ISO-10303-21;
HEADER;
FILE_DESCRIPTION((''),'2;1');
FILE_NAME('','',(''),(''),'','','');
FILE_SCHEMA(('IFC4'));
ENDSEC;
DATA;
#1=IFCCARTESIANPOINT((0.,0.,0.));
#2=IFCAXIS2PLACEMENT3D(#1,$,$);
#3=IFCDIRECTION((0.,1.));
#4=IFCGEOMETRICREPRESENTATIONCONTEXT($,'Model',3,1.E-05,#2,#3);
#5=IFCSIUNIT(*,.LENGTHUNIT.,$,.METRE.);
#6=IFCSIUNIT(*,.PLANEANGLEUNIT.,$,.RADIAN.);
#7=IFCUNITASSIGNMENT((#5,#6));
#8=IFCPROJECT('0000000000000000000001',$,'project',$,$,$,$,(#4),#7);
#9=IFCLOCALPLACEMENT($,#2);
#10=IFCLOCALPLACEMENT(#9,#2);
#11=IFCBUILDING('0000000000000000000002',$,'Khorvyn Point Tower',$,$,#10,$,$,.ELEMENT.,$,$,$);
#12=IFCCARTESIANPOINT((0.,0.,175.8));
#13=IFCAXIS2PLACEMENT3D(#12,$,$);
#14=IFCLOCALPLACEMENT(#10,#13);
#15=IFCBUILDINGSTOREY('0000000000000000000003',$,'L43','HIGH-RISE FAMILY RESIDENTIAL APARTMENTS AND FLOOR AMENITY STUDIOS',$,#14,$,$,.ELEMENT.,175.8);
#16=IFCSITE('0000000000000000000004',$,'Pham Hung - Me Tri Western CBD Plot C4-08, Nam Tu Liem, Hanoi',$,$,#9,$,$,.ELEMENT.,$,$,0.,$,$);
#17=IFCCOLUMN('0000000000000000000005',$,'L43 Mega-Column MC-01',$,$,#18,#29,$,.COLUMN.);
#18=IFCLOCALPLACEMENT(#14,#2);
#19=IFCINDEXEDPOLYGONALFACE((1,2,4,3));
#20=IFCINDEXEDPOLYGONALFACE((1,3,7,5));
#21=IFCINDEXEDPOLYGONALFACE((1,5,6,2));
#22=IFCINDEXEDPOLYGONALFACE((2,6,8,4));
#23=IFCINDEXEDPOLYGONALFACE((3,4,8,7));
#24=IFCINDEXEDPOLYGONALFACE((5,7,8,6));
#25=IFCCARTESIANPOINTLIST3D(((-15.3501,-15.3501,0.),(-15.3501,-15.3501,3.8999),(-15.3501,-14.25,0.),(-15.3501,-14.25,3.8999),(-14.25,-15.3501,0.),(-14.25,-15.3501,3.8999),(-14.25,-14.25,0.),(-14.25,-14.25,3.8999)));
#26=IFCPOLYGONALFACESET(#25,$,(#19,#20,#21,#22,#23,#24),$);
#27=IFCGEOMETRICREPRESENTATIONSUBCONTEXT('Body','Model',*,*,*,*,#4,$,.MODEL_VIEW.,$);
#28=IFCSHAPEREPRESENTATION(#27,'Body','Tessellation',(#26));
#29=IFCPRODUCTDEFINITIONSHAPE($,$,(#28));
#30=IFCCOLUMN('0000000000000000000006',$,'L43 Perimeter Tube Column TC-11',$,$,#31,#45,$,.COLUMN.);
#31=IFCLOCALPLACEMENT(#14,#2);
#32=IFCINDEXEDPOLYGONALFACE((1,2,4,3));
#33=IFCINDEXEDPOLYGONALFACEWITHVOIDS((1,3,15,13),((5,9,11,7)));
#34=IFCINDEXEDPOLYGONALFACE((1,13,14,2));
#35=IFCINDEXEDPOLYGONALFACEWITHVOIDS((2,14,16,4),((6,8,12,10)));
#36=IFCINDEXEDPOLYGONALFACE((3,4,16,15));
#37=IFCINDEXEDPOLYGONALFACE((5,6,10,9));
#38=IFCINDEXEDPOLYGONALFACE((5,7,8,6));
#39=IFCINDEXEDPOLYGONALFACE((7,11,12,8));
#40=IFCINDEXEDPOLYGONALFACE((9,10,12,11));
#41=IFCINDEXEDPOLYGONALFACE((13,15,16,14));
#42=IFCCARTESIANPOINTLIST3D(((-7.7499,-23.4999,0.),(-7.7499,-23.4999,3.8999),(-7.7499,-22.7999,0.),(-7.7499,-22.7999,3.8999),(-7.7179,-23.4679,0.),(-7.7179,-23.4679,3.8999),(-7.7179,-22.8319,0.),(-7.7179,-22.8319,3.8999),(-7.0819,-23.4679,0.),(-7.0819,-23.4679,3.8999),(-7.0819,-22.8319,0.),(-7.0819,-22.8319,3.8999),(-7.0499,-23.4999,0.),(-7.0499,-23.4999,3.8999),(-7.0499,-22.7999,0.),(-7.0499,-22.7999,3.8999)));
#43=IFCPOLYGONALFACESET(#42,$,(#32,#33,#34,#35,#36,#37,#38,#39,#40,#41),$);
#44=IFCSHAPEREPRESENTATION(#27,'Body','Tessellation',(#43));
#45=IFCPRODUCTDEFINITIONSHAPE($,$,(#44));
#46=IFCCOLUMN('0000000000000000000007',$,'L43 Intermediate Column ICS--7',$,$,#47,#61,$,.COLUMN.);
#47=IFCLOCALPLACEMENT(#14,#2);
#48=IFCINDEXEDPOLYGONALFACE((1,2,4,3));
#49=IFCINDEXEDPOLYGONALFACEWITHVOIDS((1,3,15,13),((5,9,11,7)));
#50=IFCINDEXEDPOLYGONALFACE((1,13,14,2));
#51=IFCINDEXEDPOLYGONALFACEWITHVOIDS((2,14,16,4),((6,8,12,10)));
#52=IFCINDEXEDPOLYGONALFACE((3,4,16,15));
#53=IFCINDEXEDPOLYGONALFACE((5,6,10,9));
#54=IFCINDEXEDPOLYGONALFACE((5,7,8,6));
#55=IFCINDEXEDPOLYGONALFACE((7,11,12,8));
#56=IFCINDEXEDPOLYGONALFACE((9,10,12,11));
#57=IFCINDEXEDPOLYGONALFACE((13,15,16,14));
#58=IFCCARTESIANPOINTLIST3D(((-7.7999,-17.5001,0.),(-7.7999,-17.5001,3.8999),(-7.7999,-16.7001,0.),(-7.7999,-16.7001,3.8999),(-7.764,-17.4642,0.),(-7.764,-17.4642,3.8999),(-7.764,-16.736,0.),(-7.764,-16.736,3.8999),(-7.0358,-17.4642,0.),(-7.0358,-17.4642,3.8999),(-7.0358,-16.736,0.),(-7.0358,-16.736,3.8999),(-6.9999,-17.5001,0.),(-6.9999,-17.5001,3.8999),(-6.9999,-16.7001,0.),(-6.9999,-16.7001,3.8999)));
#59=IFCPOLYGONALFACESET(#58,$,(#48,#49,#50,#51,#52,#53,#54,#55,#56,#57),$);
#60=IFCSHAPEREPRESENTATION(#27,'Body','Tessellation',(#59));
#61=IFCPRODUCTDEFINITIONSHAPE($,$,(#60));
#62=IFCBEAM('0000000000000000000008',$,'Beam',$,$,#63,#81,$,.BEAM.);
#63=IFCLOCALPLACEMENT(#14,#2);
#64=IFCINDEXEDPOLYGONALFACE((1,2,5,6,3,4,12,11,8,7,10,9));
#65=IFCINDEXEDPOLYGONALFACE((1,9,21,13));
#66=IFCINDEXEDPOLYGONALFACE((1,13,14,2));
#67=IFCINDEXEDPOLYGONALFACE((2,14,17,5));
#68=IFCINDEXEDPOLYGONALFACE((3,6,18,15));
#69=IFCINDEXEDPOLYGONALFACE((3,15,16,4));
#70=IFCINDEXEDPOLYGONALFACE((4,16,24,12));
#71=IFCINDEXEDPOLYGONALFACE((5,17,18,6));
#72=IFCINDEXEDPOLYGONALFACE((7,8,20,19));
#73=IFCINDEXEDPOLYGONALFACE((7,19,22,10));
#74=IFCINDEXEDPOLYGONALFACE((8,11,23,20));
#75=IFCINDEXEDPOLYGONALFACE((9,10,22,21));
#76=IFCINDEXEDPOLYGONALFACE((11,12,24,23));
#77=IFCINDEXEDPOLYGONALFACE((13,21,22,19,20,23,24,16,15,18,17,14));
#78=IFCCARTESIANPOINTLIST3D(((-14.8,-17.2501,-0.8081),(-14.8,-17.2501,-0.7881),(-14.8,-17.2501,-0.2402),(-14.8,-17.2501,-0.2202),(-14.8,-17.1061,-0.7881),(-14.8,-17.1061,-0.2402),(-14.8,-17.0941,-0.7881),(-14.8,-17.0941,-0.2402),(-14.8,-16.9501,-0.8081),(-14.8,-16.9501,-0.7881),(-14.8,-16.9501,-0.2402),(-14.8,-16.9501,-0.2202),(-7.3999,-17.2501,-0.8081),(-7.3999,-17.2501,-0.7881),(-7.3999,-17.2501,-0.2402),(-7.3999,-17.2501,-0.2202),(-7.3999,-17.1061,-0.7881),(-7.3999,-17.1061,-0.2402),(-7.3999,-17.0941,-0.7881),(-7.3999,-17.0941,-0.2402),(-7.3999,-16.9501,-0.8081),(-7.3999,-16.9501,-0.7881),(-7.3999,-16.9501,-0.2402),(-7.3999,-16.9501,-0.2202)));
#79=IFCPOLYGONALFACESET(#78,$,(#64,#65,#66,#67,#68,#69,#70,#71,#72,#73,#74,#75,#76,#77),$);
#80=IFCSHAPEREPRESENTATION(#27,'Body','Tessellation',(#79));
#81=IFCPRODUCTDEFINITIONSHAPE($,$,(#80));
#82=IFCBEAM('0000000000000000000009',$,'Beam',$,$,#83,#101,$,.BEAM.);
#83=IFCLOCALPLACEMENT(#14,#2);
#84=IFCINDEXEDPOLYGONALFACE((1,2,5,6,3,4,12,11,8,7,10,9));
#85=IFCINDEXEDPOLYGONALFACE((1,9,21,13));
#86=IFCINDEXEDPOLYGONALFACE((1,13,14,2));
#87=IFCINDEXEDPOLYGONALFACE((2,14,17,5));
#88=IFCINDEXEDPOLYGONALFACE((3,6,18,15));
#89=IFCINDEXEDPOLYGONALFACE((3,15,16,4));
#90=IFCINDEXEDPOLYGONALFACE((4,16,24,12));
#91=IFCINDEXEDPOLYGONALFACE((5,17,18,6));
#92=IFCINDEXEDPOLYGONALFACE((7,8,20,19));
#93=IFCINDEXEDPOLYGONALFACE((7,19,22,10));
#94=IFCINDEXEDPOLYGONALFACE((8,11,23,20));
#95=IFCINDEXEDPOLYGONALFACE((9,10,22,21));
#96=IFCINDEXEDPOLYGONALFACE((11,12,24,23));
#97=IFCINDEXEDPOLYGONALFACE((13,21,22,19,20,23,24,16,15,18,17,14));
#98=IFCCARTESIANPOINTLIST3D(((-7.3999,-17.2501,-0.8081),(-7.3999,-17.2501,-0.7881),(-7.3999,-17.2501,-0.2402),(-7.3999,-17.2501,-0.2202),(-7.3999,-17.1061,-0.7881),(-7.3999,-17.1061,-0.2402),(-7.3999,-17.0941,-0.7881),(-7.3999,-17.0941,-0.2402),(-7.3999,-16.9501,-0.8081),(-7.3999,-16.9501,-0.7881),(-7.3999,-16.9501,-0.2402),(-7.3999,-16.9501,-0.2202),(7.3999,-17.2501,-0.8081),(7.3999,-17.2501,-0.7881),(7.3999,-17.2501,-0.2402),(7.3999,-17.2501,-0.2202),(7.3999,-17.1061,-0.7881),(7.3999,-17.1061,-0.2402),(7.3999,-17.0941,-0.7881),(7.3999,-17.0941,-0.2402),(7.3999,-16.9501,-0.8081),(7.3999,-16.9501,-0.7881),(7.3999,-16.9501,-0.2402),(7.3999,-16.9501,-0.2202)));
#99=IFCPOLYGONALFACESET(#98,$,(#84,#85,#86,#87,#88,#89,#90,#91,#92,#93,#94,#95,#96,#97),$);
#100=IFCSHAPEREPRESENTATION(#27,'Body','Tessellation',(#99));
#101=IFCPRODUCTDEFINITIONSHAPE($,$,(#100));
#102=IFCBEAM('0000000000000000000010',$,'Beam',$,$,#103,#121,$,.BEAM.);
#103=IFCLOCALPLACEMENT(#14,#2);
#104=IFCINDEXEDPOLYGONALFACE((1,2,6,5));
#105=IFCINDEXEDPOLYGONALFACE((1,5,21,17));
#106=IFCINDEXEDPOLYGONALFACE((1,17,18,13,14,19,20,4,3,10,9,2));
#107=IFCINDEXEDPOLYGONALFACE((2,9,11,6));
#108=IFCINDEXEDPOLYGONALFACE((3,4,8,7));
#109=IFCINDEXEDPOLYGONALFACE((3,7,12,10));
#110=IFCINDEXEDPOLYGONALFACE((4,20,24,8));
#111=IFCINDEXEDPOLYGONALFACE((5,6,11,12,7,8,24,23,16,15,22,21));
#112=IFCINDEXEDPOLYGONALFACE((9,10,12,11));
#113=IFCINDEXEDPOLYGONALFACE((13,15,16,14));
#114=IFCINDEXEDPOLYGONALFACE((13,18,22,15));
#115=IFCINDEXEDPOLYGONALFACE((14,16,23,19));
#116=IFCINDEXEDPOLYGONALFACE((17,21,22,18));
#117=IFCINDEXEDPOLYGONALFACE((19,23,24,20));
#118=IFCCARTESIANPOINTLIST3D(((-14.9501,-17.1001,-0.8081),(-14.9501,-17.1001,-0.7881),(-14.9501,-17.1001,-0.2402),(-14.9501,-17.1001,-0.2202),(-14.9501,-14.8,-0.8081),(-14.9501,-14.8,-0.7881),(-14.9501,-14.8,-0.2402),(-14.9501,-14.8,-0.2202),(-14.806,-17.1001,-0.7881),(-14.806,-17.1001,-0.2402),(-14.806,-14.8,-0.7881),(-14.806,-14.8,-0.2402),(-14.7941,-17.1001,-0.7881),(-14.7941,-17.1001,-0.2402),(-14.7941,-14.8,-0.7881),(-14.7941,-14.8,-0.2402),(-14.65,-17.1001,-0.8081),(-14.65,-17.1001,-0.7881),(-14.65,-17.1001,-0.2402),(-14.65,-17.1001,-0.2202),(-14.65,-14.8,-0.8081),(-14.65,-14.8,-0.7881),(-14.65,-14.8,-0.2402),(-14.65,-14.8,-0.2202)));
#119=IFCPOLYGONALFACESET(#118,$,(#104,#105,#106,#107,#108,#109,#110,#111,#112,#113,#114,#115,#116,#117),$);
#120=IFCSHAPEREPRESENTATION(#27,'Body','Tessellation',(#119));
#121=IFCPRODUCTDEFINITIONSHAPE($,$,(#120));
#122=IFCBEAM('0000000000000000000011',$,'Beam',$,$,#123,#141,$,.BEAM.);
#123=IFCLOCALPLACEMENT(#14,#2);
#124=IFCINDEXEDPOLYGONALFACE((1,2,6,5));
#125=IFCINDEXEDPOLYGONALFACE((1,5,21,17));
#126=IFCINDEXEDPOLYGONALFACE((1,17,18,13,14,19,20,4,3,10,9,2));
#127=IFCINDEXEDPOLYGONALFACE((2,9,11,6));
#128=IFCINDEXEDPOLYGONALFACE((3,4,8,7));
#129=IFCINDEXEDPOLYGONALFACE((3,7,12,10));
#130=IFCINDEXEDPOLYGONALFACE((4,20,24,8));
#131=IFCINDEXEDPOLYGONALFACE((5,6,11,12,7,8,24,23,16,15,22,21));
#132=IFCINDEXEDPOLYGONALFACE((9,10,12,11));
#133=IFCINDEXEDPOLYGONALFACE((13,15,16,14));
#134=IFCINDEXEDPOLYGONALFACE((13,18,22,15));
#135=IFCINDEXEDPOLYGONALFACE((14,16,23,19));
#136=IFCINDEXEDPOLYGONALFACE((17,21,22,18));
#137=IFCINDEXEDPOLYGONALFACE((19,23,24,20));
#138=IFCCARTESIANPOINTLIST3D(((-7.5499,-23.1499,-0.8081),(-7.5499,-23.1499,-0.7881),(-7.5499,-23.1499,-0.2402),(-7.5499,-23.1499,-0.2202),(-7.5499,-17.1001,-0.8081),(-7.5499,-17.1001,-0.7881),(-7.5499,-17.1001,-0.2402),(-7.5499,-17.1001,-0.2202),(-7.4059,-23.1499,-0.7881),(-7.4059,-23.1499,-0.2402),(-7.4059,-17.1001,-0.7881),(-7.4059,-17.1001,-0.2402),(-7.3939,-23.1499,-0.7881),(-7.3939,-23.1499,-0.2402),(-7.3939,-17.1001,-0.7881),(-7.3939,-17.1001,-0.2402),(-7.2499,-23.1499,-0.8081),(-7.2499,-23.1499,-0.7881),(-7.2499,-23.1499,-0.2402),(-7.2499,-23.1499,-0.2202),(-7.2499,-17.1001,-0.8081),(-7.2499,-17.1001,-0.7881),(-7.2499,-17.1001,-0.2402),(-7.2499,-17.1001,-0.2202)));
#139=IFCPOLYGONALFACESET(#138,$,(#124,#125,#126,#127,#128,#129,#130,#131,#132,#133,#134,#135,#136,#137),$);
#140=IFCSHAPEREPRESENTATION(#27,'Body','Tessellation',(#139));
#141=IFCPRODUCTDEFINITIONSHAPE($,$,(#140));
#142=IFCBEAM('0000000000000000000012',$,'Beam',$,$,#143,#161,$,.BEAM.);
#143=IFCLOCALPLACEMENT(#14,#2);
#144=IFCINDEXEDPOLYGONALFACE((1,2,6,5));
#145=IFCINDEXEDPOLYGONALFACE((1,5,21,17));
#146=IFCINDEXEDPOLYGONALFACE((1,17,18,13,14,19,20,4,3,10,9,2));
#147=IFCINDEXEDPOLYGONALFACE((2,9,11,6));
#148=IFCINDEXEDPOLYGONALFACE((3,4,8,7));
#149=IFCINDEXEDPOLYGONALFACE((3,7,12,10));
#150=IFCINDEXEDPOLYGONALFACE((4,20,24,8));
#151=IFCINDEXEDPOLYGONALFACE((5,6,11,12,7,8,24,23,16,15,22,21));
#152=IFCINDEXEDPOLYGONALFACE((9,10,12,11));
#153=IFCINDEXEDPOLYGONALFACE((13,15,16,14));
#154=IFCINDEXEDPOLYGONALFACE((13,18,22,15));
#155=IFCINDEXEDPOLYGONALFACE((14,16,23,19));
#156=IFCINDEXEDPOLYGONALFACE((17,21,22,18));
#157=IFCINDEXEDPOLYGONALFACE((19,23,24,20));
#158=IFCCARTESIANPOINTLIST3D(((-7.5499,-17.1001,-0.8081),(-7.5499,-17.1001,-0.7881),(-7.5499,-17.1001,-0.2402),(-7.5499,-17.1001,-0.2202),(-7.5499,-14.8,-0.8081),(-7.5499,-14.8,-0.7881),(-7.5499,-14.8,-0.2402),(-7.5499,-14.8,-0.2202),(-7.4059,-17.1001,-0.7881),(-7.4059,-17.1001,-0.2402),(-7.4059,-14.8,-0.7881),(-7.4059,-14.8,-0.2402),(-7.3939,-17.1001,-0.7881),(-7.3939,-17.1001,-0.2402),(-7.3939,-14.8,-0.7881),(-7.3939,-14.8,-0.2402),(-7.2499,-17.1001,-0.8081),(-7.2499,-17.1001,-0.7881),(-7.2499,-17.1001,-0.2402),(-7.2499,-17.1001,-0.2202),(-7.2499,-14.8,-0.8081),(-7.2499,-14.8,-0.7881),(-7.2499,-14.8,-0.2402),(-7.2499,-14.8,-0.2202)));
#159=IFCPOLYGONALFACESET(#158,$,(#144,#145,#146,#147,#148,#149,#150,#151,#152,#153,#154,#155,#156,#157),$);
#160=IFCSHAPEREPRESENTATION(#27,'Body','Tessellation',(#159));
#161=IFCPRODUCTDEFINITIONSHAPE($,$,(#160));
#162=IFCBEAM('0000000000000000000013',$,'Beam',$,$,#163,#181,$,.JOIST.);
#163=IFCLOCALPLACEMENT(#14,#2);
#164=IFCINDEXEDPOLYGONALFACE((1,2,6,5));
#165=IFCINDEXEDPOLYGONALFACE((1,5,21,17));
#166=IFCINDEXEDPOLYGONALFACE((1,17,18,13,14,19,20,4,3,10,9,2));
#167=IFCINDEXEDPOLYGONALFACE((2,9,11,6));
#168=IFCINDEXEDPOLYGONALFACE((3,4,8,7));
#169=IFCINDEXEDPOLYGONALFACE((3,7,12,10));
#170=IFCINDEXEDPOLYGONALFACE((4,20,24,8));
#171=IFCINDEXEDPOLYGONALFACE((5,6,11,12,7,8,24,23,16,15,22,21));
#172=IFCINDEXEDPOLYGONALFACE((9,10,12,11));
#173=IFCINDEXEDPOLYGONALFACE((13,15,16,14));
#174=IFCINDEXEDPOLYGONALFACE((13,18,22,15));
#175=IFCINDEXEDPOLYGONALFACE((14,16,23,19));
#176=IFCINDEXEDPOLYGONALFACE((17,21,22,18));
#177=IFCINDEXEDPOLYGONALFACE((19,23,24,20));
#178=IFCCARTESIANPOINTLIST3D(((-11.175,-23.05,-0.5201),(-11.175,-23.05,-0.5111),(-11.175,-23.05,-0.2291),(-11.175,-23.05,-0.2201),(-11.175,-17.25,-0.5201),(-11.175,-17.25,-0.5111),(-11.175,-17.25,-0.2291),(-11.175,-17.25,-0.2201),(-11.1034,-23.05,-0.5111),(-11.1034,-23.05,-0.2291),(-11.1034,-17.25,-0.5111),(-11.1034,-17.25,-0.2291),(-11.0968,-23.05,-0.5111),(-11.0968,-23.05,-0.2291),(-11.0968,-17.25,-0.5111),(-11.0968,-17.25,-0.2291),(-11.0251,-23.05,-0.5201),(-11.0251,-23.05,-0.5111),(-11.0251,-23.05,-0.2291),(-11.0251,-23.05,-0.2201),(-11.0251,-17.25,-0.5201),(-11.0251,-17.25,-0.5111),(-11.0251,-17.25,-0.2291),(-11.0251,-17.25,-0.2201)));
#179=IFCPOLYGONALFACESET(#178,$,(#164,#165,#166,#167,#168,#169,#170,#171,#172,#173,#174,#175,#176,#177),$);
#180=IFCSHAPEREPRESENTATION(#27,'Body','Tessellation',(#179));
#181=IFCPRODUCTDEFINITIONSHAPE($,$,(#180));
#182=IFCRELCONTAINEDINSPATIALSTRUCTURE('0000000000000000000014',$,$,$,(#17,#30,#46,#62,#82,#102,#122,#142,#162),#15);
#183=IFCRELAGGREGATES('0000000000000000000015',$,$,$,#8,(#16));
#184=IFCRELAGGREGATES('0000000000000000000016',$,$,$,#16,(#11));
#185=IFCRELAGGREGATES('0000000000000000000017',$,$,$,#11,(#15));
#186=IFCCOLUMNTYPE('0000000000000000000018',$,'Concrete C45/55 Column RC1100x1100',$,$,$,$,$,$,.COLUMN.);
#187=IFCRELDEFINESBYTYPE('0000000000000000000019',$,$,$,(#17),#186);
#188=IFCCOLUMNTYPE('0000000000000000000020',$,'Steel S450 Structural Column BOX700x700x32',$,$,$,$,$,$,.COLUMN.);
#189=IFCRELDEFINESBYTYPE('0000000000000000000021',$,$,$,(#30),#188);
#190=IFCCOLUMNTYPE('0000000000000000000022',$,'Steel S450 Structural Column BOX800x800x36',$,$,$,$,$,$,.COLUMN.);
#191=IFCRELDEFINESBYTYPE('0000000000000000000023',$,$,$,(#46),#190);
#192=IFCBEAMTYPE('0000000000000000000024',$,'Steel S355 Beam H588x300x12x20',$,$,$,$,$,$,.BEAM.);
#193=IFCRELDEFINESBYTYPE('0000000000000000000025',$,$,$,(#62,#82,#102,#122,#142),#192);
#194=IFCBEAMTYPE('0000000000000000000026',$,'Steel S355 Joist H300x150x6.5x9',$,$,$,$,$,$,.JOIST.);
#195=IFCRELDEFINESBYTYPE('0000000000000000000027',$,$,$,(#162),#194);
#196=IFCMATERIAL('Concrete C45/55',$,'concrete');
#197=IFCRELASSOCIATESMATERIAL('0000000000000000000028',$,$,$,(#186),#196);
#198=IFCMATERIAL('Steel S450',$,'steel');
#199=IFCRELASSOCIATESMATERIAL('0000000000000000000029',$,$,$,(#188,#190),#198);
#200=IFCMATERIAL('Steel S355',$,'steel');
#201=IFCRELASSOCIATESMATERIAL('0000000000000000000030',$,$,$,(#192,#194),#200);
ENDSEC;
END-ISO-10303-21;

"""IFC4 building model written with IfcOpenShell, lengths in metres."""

from ifc_helpers import new_model, si_unit, direction, frame, origin, origin_2d, place, context, subcontext, project, spatial, rectangle, hollow_rectangle, i_section, extrude, material, material_profile, profile_set, type_object, element, save


model = new_model("IFC4")

# Units and contexts
model_context = context("Model", 3, precision=1e-05, world=origin(), true_north=direction((0.0, 1.0)))
body_context = subcontext(model_context, "Body", "Model", "MODEL_VIEW")
ifc_project = project(units=[si_unit("LENGTHUNIT", "METRE"), si_unit("PLANEANGLEUNIT", "RADIAN")], contexts=[model_context])

# Site, building, storey
site_placement = place(None, origin())
site = spatial("IfcSite", under=ifc_project, at=site_placement, Name="Pham Hung - Me Tri Western CBD Plot C4-08, Nam Tu Liem, Hanoi", CompositionType="ELEMENT", RefElevation=0.0)
building_placement = place(site_placement, origin())
building = spatial("IfcBuilding", under=site, at=building_placement, Name="Khorvyn Point Tower", CompositionType="ELEMENT")
storey_placement = place(building_placement, frame((0.0, 0.0, 175.8)))
storey = spatial("IfcBuildingStorey", under=building, at=storey_placement, Name="L43", Description="HIGH-RISE FAMILY RESIDENTIAL APARTMENTS AND FLOOR AMENITY STUDIOS", CompositionType="ELEMENT", Elevation=175.8)

# Columns
ifc_material_1 = material(Name="Concrete C45/55", Category="concrete")
ifc_material_profile_1 = material_profile(ifc_material_1, rectangle(XDim=1.1001, YDim=1.1001, at=origin_2d()))
ifc_profile_set_1 = profile_set([ifc_material_profile_1], Name="Concrete C45/55 RC1100x1100")
column_type_1 = type_object("IfcColumnType", Name="Concrete C45/55 Column RC1100x1100", PredefinedType="COLUMN", material=ifc_profile_set_1)
column_1_placement = place(storey_placement, frame((-14.8, -14.8, 0.0), z_axis=(0.0, 0.0, 1.0), x_axis=(1.0, 0.0, 0.0)))
element("IfcColumn", 1, at=column_1_placement, inside=storey, type_object=column_type_1, Name="L43 Mega-Column MC-01", PredefinedType="COLUMN", context=body_context, shape_type="SweptSolid", body=[
    extrude(rectangle(XDim=1.1001, YDim=1.1001, at=origin_2d()), origin(), (0.0, 0.0, 1.0), 3.8999),
])
ifc_material_2 = material(Name="Steel S450", Category="steel")
ifc_material_profile_2 = material_profile(ifc_material_2, hollow_rectangle(XDim=0.7, YDim=0.7, WallThickness=0.032, at=origin_2d()))
ifc_profile_set_2 = profile_set([ifc_material_profile_2], Name="Steel S450 BOX700x700x32")
column_type_2 = type_object("IfcColumnType", Name="Steel S450 Structural Column BOX700x700x32", PredefinedType="COLUMN", material=ifc_profile_set_2)
column_2_placement = place(storey_placement, frame((-7.3999, -23.1499, 0.0), z_axis=(0.0, 0.0, 1.0), x_axis=(1.0, 0.0, 0.0)))
element("IfcColumn", 2, at=column_2_placement, inside=storey, type_object=column_type_2, Name="L43 Perimeter Tube Column TC-11", PredefinedType="COLUMN", context=body_context, shape_type="SweptSolid", body=[
    extrude(hollow_rectangle(XDim=0.7, YDim=0.7, WallThickness=0.032, at=origin_2d()), origin(), (0.0, 0.0, 1.0), 3.8999),
])
ifc_material_profile_3 = material_profile(ifc_material_2, hollow_rectangle(XDim=0.8, YDim=0.8, WallThickness=0.0359, at=origin_2d()))
ifc_profile_set_3 = profile_set([ifc_material_profile_3], Name="Steel S450 BOX800x800x36")
column_type_3 = type_object("IfcColumnType", Name="Steel S450 Structural Column BOX800x800x36", PredefinedType="COLUMN", material=ifc_profile_set_3)
column_3_placement = place(storey_placement, frame((-7.3999, -17.1001, 0.0), z_axis=(0.0, 0.0, 1.0), x_axis=(1.0, 0.0, 0.0)))
element("IfcColumn", 3, at=column_3_placement, inside=storey, type_object=column_type_3, Name="L43 Intermediate Column ICS--7", PredefinedType="COLUMN", context=body_context, shape_type="SweptSolid", body=[
    extrude(hollow_rectangle(XDim=0.8, YDim=0.8, WallThickness=0.0359, at=origin_2d()), origin(), (0.0, 0.0, 1.0), 3.8999),
])

# Beams
ifc_material_3 = material(Name="Steel S355", Category="steel")
ifc_material_profile_4 = material_profile(ifc_material_3, i_section(OverallWidth=0.3, OverallDepth=0.5879, WebThickness=0.012, FlangeThickness=0.02, at=origin_2d()))
ifc_profile_set_4 = profile_set([ifc_material_profile_4], Name="Steel S355 H588x300x12x20")
beam_type_1 = type_object("IfcBeamType", Name="Steel S355 Beam H588x300x12x20", PredefinedType="BEAM", material=ifc_profile_set_4)
beam_1_placement = place(storey_placement, frame((-14.8, -17.1001, -0.5142), z_axis=(1.0, 0.0, 0.0), x_axis=(0.0, 1.0, 0.0)))
element("IfcBeam", 4, at=beam_1_placement, inside=storey, type_object=beam_type_1, Name="Beam", PredefinedType="BEAM", context=body_context, shape_type="SweptSolid", body=[
    extrude(i_section(OverallWidth=0.3, OverallDepth=0.5879, WebThickness=0.012, FlangeThickness=0.02, at=origin_2d()), origin(), (0.0, 0.0, 1.0), 7.4001),
])
beam_2_placement = place(storey_placement, frame((-7.3999, -17.1001, -0.5142), z_axis=(1.0, 0.0, 0.0), x_axis=(0.0, 1.0, 0.0)))
element("IfcBeam", 5, at=beam_2_placement, inside=storey, type_object=beam_type_1, Name="Beam", PredefinedType="BEAM", context=body_context, shape_type="SweptSolid", body=[
    extrude(i_section(OverallWidth=0.3, OverallDepth=0.5879, WebThickness=0.012, FlangeThickness=0.02, at=origin_2d()), origin(), (0.0, 0.0, 1.0), 14.7998),
])
beam_3_placement = place(storey_placement, frame((-14.8, -17.1001, -0.5142), z_axis=(0.0, 1.0, 0.0), x_axis=(-1.0, 0.0, 0.0)))
element("IfcBeam", 6, at=beam_3_placement, inside=storey, type_object=beam_type_1, Name="Beam", PredefinedType="BEAM", context=body_context, shape_type="SweptSolid", body=[
    extrude(i_section(OverallWidth=0.3, OverallDepth=0.5879, WebThickness=0.012, FlangeThickness=0.02, at=origin_2d()), origin(), (0.0, 0.0, 1.0), 2.3),
])
beam_4_placement = place(storey_placement, frame((-7.3999, -23.1499, -0.5142), z_axis=(0.0, 1.0, 0.0), x_axis=(-1.0, 0.0, 0.0)))
element("IfcBeam", 7, at=beam_4_placement, inside=storey, type_object=beam_type_1, Name="Beam", PredefinedType="BEAM", context=body_context, shape_type="SweptSolid", body=[
    extrude(i_section(OverallWidth=0.3, OverallDepth=0.5879, WebThickness=0.012, FlangeThickness=0.02, at=origin_2d()), origin(), (0.0, 0.0, 1.0), 6.0498),
])
beam_5_placement = place(storey_placement, frame((-7.3999, -17.1001, -0.5142), z_axis=(0.0, 1.0, 0.0), x_axis=(-1.0, 0.0, 0.0)))
element("IfcBeam", 8, at=beam_5_placement, inside=storey, type_object=beam_type_1, Name="Beam", PredefinedType="BEAM", context=body_context, shape_type="SweptSolid", body=[
    extrude(i_section(OverallWidth=0.3, OverallDepth=0.5879, WebThickness=0.012, FlangeThickness=0.02, at=origin_2d()), origin(), (0.0, 0.0, 1.0), 2.3),
])
ifc_material_profile_5 = material_profile(ifc_material_3, i_section(OverallWidth=0.1499, OverallDepth=0.3, WebThickness=0.0066, FlangeThickness=0.009, at=origin_2d()))
ifc_profile_set_5 = profile_set([ifc_material_profile_5], Name="Steel S355 H300x150x6.5x9")
beam_type_2 = type_object("IfcBeamType", Name="Steel S355 Joist H300x150x6.5x9", PredefinedType="JOIST", material=ifc_profile_set_5)
beam_6_placement = place(storey_placement, frame((-11.1001, -23.05, -0.3701), z_axis=(0.0, 1.0, 0.0), x_axis=(-1.0, 0.0, 0.0)))
element("IfcBeam", 9, at=beam_6_placement, inside=storey, type_object=beam_type_2, Name="Beam", PredefinedType="JOIST", context=body_context, shape_type="SweptSolid", body=[
    extrude(i_section(OverallWidth=0.1499, OverallDepth=0.3, WebThickness=0.0066, FlangeThickness=0.009, at=origin_2d()), origin(), (0.0, 0.0, 1.0), 5.8),
])

save(model, "model.ifc")
